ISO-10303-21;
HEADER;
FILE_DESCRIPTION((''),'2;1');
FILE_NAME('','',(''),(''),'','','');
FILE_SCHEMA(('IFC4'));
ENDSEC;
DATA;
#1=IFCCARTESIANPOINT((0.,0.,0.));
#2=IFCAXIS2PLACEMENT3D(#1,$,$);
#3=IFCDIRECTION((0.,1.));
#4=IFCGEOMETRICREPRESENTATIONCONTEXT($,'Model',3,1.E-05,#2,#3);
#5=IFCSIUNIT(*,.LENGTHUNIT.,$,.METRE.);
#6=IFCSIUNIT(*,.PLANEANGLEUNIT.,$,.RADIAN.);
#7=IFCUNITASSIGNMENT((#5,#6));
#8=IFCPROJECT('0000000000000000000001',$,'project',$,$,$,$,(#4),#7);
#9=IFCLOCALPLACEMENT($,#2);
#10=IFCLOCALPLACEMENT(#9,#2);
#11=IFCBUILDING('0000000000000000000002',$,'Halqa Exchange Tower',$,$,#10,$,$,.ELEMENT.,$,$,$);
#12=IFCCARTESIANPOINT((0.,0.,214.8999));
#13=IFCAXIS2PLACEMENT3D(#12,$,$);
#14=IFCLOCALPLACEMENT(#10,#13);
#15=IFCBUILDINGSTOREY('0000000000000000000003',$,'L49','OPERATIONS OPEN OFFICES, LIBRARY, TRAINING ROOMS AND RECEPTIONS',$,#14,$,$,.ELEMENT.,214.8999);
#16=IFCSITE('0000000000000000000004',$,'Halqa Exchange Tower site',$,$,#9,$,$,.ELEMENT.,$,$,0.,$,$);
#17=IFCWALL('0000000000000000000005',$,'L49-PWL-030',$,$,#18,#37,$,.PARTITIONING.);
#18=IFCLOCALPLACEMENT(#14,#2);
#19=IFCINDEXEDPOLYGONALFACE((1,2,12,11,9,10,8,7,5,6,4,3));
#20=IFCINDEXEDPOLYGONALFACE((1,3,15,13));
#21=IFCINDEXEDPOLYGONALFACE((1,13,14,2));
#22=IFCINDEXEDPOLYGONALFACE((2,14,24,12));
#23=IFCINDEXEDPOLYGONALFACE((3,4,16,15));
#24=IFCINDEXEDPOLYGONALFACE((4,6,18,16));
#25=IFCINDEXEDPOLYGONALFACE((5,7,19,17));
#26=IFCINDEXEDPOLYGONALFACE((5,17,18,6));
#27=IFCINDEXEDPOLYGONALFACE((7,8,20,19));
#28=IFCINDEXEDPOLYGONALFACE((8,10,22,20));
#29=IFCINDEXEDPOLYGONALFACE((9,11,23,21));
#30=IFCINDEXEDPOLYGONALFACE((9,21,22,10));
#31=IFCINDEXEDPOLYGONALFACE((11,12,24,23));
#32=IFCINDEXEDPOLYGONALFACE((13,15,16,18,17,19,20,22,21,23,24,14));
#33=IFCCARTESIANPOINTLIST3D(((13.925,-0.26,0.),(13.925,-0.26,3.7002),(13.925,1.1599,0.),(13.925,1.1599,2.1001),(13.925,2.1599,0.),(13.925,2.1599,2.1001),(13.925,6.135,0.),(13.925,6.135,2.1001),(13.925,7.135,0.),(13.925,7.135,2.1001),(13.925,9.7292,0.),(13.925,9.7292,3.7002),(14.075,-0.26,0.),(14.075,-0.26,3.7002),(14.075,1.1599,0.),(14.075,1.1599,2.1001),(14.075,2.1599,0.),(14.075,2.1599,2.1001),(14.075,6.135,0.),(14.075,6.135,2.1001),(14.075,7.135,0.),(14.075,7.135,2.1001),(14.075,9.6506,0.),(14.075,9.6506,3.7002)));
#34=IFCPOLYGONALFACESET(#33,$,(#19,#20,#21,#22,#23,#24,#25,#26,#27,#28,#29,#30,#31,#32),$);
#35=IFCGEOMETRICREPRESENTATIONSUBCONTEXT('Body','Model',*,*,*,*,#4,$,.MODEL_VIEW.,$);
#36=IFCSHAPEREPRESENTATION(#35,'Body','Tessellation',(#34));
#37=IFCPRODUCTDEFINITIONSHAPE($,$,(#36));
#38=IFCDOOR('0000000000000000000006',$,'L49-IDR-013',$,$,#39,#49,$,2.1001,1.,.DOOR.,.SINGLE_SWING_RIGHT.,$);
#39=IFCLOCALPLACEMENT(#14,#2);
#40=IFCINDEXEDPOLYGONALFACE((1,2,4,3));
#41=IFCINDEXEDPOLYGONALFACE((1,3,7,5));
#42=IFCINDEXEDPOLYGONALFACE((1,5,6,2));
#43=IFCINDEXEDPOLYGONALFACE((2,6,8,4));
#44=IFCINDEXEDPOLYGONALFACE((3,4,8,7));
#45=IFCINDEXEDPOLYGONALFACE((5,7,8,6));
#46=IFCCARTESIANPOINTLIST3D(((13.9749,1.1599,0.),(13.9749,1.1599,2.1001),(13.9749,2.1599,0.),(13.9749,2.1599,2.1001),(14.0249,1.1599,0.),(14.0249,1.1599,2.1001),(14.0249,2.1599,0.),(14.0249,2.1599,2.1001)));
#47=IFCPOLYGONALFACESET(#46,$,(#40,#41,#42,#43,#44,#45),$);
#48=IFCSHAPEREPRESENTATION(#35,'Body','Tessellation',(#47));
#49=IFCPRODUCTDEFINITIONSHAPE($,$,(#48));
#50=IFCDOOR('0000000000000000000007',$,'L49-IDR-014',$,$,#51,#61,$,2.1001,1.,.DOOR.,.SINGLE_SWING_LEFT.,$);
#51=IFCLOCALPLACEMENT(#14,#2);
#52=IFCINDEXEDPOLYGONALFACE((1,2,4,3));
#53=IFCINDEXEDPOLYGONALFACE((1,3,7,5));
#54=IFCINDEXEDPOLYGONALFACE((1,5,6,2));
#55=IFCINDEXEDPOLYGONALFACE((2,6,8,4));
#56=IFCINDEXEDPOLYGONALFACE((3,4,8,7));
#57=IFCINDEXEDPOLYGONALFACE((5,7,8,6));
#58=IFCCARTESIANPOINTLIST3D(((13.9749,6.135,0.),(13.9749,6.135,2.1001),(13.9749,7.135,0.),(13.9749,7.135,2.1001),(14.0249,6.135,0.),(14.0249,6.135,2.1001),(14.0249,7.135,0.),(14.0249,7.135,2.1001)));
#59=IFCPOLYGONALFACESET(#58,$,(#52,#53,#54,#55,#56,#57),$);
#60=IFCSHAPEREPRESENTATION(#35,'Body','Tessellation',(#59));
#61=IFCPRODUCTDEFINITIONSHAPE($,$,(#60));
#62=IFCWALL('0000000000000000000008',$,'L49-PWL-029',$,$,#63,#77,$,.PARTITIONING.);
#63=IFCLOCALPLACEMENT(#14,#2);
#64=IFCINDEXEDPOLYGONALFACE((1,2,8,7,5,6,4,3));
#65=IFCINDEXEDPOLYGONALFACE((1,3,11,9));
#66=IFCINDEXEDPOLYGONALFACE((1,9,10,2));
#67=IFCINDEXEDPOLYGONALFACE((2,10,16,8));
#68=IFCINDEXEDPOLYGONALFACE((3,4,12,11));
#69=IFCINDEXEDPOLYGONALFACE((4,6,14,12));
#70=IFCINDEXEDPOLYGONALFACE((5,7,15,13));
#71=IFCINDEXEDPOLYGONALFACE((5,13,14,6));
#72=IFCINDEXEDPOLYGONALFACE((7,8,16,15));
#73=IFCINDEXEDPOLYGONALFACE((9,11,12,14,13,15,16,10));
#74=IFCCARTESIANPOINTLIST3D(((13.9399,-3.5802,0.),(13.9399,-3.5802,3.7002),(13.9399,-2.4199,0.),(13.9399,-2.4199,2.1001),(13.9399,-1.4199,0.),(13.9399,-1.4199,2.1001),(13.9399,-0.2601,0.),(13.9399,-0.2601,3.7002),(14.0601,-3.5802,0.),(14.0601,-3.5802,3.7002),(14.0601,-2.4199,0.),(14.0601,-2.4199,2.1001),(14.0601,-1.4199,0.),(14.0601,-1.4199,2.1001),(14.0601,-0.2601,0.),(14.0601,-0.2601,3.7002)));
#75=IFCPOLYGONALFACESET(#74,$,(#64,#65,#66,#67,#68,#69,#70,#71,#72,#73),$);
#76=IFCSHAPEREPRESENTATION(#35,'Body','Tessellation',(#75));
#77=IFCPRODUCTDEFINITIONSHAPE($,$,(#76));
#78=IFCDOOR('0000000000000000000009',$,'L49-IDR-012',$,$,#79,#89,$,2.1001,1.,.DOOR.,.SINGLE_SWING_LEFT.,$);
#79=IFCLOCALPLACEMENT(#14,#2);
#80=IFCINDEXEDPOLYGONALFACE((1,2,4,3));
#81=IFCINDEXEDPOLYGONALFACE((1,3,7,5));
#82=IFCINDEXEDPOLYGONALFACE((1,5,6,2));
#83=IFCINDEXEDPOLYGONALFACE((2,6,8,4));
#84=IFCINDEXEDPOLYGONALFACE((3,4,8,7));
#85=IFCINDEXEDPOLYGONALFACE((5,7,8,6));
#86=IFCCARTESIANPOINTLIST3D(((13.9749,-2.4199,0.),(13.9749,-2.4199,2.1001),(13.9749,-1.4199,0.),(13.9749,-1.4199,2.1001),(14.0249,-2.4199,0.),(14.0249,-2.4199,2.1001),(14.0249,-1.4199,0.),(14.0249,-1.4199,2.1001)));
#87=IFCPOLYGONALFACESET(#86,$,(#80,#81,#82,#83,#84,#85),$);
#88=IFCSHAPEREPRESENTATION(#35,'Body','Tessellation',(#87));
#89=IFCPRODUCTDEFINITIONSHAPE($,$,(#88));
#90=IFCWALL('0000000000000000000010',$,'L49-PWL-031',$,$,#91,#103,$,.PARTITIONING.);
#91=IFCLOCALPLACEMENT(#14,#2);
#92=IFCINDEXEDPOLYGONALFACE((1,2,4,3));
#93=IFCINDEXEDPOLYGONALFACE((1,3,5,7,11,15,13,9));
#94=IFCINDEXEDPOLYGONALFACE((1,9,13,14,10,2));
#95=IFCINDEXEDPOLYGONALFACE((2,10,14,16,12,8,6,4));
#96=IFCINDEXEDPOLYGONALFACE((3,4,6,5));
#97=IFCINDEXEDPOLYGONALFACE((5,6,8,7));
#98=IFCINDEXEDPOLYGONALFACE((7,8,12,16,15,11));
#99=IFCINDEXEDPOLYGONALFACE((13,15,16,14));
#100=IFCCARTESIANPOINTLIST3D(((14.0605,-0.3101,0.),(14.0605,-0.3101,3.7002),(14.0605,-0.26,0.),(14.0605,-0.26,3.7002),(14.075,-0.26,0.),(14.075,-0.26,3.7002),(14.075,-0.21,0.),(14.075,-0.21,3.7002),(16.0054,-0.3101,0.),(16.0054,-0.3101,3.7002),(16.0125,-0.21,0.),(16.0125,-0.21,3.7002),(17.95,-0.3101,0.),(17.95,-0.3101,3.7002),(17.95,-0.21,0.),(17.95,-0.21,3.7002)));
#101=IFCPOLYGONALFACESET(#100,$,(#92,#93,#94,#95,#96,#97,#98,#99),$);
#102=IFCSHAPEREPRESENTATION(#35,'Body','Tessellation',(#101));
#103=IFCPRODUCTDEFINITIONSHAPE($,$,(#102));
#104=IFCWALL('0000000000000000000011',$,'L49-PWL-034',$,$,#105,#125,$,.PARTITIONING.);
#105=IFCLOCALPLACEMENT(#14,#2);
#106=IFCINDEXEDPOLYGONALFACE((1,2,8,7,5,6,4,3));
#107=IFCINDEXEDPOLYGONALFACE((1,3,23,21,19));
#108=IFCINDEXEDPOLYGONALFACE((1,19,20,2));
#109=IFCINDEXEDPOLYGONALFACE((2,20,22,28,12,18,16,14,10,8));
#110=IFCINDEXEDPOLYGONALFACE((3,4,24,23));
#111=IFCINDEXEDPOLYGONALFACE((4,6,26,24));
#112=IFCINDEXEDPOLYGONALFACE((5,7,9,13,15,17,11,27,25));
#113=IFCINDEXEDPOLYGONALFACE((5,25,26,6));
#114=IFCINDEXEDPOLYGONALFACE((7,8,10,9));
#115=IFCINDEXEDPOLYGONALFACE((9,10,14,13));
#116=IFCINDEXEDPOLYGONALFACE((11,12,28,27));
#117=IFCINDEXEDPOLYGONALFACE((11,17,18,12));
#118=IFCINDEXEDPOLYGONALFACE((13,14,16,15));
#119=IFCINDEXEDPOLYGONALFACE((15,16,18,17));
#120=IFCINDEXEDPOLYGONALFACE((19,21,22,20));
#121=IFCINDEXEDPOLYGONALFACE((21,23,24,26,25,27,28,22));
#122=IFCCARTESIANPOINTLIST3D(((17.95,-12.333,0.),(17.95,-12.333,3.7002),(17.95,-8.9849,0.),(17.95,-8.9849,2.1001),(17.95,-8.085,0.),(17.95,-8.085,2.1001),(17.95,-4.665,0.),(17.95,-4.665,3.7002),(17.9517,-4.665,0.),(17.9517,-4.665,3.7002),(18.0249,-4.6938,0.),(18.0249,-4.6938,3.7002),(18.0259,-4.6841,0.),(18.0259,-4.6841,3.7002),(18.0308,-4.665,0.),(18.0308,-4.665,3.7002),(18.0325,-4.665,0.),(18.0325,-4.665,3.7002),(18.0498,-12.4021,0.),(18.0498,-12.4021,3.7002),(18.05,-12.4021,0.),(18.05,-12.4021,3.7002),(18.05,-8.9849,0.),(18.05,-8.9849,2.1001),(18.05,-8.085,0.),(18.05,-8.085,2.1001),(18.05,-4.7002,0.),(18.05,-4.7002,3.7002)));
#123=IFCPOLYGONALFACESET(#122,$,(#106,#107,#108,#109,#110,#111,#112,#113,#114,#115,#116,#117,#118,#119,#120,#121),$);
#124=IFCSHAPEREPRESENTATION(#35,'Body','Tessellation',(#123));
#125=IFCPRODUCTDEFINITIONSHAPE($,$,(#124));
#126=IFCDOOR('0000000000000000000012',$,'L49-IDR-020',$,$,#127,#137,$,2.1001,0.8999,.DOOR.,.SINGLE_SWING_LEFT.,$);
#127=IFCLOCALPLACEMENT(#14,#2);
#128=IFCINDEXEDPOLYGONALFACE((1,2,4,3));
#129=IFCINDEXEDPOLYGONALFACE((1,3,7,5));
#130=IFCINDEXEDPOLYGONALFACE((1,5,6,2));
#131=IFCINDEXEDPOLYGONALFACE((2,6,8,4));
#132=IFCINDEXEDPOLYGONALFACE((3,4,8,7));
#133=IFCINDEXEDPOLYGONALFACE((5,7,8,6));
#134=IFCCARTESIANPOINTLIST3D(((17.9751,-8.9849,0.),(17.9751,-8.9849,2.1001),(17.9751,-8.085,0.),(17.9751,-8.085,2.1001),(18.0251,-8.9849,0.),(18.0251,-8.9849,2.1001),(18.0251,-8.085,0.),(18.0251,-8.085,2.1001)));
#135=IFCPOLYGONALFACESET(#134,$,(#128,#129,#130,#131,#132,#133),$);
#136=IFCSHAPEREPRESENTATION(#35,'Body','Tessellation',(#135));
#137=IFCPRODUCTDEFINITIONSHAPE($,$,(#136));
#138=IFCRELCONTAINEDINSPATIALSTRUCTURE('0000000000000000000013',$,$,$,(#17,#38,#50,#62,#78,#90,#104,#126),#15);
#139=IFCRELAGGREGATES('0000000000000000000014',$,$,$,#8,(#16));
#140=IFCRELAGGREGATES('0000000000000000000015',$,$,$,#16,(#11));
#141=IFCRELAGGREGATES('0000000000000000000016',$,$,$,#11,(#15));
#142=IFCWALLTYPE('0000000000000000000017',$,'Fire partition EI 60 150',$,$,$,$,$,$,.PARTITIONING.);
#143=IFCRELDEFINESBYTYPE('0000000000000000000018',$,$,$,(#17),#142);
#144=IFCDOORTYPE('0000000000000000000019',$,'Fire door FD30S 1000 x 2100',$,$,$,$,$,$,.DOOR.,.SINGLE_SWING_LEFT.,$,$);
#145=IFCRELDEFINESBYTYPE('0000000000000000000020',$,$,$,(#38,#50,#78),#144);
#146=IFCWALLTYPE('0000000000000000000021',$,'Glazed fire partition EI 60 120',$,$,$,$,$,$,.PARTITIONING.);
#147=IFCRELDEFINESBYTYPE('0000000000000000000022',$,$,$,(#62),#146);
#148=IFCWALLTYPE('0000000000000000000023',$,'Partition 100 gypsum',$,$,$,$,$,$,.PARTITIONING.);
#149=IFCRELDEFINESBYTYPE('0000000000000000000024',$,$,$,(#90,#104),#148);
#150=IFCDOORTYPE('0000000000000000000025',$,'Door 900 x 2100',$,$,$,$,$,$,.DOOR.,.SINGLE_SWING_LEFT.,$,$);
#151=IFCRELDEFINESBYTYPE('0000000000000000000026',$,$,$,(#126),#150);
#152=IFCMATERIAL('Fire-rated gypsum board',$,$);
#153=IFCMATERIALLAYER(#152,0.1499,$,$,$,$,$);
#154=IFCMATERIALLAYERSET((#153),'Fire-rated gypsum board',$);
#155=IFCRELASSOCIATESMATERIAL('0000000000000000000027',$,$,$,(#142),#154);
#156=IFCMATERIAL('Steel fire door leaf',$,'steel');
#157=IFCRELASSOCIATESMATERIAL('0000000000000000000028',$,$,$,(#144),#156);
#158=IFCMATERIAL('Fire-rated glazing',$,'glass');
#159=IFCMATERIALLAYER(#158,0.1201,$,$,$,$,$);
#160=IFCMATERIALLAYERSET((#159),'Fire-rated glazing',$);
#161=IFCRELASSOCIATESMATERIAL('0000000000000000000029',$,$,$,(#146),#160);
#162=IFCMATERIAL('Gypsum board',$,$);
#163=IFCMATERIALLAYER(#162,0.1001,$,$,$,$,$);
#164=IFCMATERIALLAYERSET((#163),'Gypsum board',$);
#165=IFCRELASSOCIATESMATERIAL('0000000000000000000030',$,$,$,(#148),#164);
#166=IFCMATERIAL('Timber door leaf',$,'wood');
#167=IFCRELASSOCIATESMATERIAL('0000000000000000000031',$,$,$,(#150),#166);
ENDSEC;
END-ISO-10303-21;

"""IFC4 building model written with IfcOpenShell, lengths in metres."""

from ifc_helpers import new_model, si_unit, direction, frame, frame_2d, origin, place, context, subcontext, project, spatial, polyline, rectangle, outline, extrude, material, layer, layer_set, type_object, element, fill, save


model = new_model("IFC4")

# Units and contexts
model_context = context("Model", 3, precision=1e-05, world=origin(), true_north=direction((0.0, 1.0)))
body_context = subcontext(model_context, "Body", "Model", "MODEL_VIEW")
ifc_project = project(units=[si_unit("LENGTHUNIT", "METRE"), si_unit("PLANEANGLEUNIT", "RADIAN")], contexts=[model_context])

# Site, building, storey
site_placement = place(None, origin())
site = spatial("IfcSite", under=ifc_project, at=site_placement, Name="Halqa Exchange Tower site", CompositionType="ELEMENT", RefElevation=0.0)
building_placement = place(site_placement, origin())
building = spatial("IfcBuilding", under=site, at=building_placement, Name="Halqa Exchange Tower", CompositionType="ELEMENT")
storey_placement = place(building_placement, frame((0.0, 0.0, 214.8999)))
storey = spatial("IfcBuildingStorey", under=building, at=storey_placement, Name="L49", Description="OPERATIONS OPEN OFFICES, LIBRARY, TRAINING ROOMS AND RECEPTIONS", CompositionType="ELEMENT", Elevation=214.8999)

# Shared definitions
ifc_material_1 = material(Name="Fire-rated gypsum board")
ifc_layer_1 = layer(ifc_material_1, 0.1499)
ifc_layer_set_1 = layer_set([ifc_layer_1], Name="Fire-rated gypsum board")
wall_type_1 = type_object("IfcWallType", Name="Fire partition EI 60 150", PredefinedType="PARTITIONING", material=ifc_layer_set_1)

# Shared definitions
ifc_material_2 = material(Name="Steel fire door leaf", Category="steel")
door_type_1 = type_object("IfcDoorType", Name="Fire door FD30S 1000 x 2100", OperationType="SINGLE_SWING_LEFT", PredefinedType="DOOR", material=ifc_material_2)

# Wall, openings, doors
wall_1_placement = place(storey_placement, frame((14.0, -0.26, 0.0), z_axis=(0.0, 0.0, 1.0), x_axis=(0.0, 1.0, 0.0)))
wall_1 = element("IfcWall", 1, at=wall_1_placement, inside=storey, type_object=wall_type_1, Name="L49-PWL-030", PredefinedType="PARTITIONING", context=body_context, shape_type="SweptSolid", body=[
    extrude(outline(polyline([(0.0, -0.075), (1.9822, -0.075), (3.9644, -0.075), (5.9465, -0.075), (7.9287, -0.075), (9.9106, -0.075), (9.9893, 0.075), (9.9893, 0.075), (7.9915, 0.075), (5.9937, 0.075), (3.9956, 0.075), (1.9978, 0.075), (0.0, 0.075), (0.0, -0.075)])), origin(), (0.0, 0.0, 1.0), 3.7002),
])
opening_1_placement = place(wall_1_placement, frame((1.4199, 0.0, 0.0)))
opening_1 = element("IfcOpeningElement", 2, at=opening_1_placement, cuts=wall_1, PredefinedType="OPENING", context=body_context, shape_type="SweptSolid", body=[
    extrude(rectangle(XDim=1.0, YDim=2.1001, at=frame_2d((0.5, 1.05))), frame((0.0, 0.0869, 0.0), z_axis=(0.0, -1.0, 0.0), x_axis=(1.0, 0.0, 0.0)), (0.0, 0.0, 1.0), 0.1738),
])
opening_2_placement = place(wall_1_placement, frame((6.395, 0.0, 0.0)))
opening_2 = element("IfcOpeningElement", 3, at=opening_2_placement, cuts=wall_1, PredefinedType="OPENING", context=body_context, shape_type="SweptSolid", body=[
    extrude(rectangle(XDim=1.0, YDim=2.1001, at=frame_2d((0.5, 1.05))), frame((0.0, 0.0869, 0.0), z_axis=(0.0, -1.0, 0.0), x_axis=(1.0, 0.0, 0.0)), (0.0, 0.0, 1.0), 0.1738),
])
door_1_placement = place(opening_1_placement, frame((1.0, 0.0, 0.0), z_axis=(0.0, 0.0, 1.0), x_axis=(-1.0, 0.0, 0.0)))
door_1 = element("IfcDoor", 4, at=door_1_placement, inside=storey, type_object=door_type_1, Name="L49-IDR-013", OperationType="SINGLE_SWING_RIGHT", OverallHeight=2.1001, OverallWidth=1.0, PredefinedType="DOOR", context=body_context, shape_type="SweptSolid", body=[
    extrude(rectangle(XDim=1.0, YDim=2.1001, at=frame_2d((0.5, 1.05))), frame((0.0, 0.0249, 0.0), z_axis=(0.0, -1.0, 0.0), x_axis=(1.0, 0.0, 0.0)), (0.0, 0.0, 1.0), 0.05),
])
fill(opening_1, door_1)
door_2_placement = place(opening_2_placement, frame((1.0, 0.0, 0.0), z_axis=(0.0, 0.0, 1.0), x_axis=(-1.0, 0.0, 0.0)))
door_2 = element("IfcDoor", 5, at=door_2_placement, inside=storey, type_object=door_type_1, Name="L49-IDR-014", OperationType="SINGLE_SWING_LEFT", OverallHeight=2.1001, OverallWidth=1.0, PredefinedType="DOOR", context=body_context, shape_type="SweptSolid", body=[
    extrude(rectangle(XDim=1.0, YDim=2.1001, at=frame_2d((0.5, 1.05))), frame((0.0, 0.0249, 0.0), z_axis=(0.0, -1.0, 0.0), x_axis=(1.0, 0.0, 0.0)), (0.0, 0.0, 1.0), 0.05),
])
fill(opening_2, door_2)

# Wall, opening, door
ifc_material_3 = material(Name="Fire-rated glazing", Category="glass")
ifc_layer_2 = layer(ifc_material_3, 0.1201)
ifc_layer_set_2 = layer_set([ifc_layer_2], Name="Fire-rated glazing")
wall_type_2 = type_object("IfcWallType", Name="Glazed fire partition EI 60 120", PredefinedType="PARTITIONING", material=ifc_layer_set_2)
wall_2_placement = place(storey_placement, frame((14.0, -0.26, 0.0), z_axis=(0.0, 0.0, 1.0), x_axis=(0.0, -1.0, 0.0)))
wall_2 = element("IfcWall", 6, at=wall_2_placement, inside=storey, type_object=wall_type_2, Name="L49-PWL-029", PredefinedType="PARTITIONING", context=body_context, shape_type="SweptSolid", body=[
    extrude(rectangle(XDim=3.3201, YDim=0.1201, at=frame_2d((1.6602, 0.0))), origin(), (0.0, 0.0, 1.0), 3.7002),
])
opening_3_placement = place(wall_2_placement, frame((1.1599, 0.0, 0.0)))
opening_3 = element("IfcOpeningElement", 7, at=opening_3_placement, cuts=wall_2, PredefinedType="OPENING", context=body_context, shape_type="SweptSolid", body=[
    extrude(rectangle(XDim=1.0, YDim=2.1001, at=frame_2d((0.5, 1.05))), frame((0.0, 0.072, 0.0), z_axis=(0.0, -1.0, 0.0), x_axis=(1.0, 0.0, 0.0)), (0.0, 0.0, 1.0), 0.144),
])
door_3_placement = place(opening_3_placement, origin())
door_3 = element("IfcDoor", 8, at=door_3_placement, inside=storey, type_object=door_type_1, Name="L49-IDR-012", OperationType="SINGLE_SWING_LEFT", OverallHeight=2.1001, OverallWidth=1.0, PredefinedType="DOOR", context=body_context, shape_type="SweptSolid", body=[
    extrude(rectangle(XDim=1.0, YDim=2.1001, at=frame_2d((0.5, 1.05))), frame((0.0, 0.0249, 0.0), z_axis=(0.0, -1.0, 0.0), x_axis=(1.0, 0.0, 0.0)), (0.0, 0.0, 1.0), 0.05),
])
fill(opening_3, door_3)

# Wall
ifc_material_4 = material(Name="Gypsum board")
ifc_layer_3 = layer(ifc_material_4, 0.1001)
ifc_layer_set_3 = layer_set([ifc_layer_3], Name="Gypsum board")
wall_type_3 = type_object("IfcWallType", Name="Partition 100 gypsum", PredefinedType="PARTITIONING", material=ifc_layer_set_3)
wall_3_placement = place(storey_placement, frame((14.0605, -0.26, 0.0), z_axis=(0.0, 0.0, 1.0), x_axis=(1.0, 0.0, 0.0)))
element("IfcWall", 9, at=wall_3_placement, inside=storey, type_object=wall_type_3, Name="L49-PWL-031", PredefinedType="PARTITIONING", context=body_context, shape_type="SweptSolid", body=[
    extrude(outline(polyline([(3.8894, 0.05), (1.9519, 0.05), (0.0144, 0.05), (0.0144, 0.0), (0.0, 0.0), (0.0, -0.05), (1.9448, -0.05), (3.8894, -0.05), (3.8894, 0.05)])), origin(), (0.0, 0.0, 1.0), 3.7002),
])

# Wall, opening, door
wall_4_placement = place(storey_placement, frame((18.0, -4.665, 0.0), z_axis=(0.0, 0.0, 1.0), x_axis=(0.0, -1.0, 0.0)))
wall_4 = element("IfcWall", 10, at=wall_4_placement, inside=storey, type_object=wall_type_3, Name="L49-PWL-034", PredefinedType="PARTITIONING", context=body_context, shape_type="SweptSolid", body=[
    extrude(outline(polyline([(0.0, -0.05), (1.917, -0.05), (3.834, -0.05), (5.751, -0.05), (7.668, -0.05), (7.7371, 0.0498), (7.7371, 0.05), (5.8115, 0.05), (3.8862, 0.05), (1.9607, 0.05), (0.0352, 0.05), (0.0288, 0.0249), (0.0, 0.0325), (0.0, 0.0308), (0.019, 0.0259), (0.0, -0.0483), (0.0, -0.05)])), origin(), (0.0, 0.0, 1.0), 3.7002),
])
opening_4_placement = place(wall_4_placement, frame((3.4199, 0.0, 0.0)))
opening_4 = element("IfcOpeningElement", 11, at=opening_4_placement, cuts=wall_4, PredefinedType="OPENING", context=body_context, shape_type="SweptSolid", body=[
    extrude(rectangle(XDim=0.8999, YDim=2.1001, at=frame_2d((0.45, 1.05))), frame((0.0, 0.062, 0.0), z_axis=(0.0, -1.0, 0.0), x_axis=(1.0, 0.0, 0.0)), (0.0, 0.0, 1.0), 0.124),
])
ifc_material_5 = material(Name="Timber door leaf", Category="wood")
door_type_2 = type_object("IfcDoorType", Name="Door 900 x 2100", OperationType="SINGLE_SWING_LEFT", PredefinedType="DOOR", material=ifc_material_5)
door_4_placement = place(opening_4_placement, frame((0.8999, 0.0, 0.0), z_axis=(0.0, 0.0, 1.0), x_axis=(-1.0, 0.0, 0.0)))
door_4 = element("IfcDoor", 12, at=door_4_placement, inside=storey, type_object=door_type_2, Name="L49-IDR-020", OperationType="SINGLE_SWING_LEFT", OverallHeight=2.1001, OverallWidth=0.8999, PredefinedType="DOOR", context=body_context, shape_type="SweptSolid", body=[
    extrude(rectangle(XDim=0.8999, YDim=2.1001, at=frame_2d((0.45, 1.05))), frame((0.0, 0.0249, 0.0), z_axis=(0.0, -1.0, 0.0), x_axis=(1.0, 0.0, 0.0)), (0.0, 0.0, 1.0), 0.05),
])
fill(opening_4, door_4)

save(model, "model.ifc")
